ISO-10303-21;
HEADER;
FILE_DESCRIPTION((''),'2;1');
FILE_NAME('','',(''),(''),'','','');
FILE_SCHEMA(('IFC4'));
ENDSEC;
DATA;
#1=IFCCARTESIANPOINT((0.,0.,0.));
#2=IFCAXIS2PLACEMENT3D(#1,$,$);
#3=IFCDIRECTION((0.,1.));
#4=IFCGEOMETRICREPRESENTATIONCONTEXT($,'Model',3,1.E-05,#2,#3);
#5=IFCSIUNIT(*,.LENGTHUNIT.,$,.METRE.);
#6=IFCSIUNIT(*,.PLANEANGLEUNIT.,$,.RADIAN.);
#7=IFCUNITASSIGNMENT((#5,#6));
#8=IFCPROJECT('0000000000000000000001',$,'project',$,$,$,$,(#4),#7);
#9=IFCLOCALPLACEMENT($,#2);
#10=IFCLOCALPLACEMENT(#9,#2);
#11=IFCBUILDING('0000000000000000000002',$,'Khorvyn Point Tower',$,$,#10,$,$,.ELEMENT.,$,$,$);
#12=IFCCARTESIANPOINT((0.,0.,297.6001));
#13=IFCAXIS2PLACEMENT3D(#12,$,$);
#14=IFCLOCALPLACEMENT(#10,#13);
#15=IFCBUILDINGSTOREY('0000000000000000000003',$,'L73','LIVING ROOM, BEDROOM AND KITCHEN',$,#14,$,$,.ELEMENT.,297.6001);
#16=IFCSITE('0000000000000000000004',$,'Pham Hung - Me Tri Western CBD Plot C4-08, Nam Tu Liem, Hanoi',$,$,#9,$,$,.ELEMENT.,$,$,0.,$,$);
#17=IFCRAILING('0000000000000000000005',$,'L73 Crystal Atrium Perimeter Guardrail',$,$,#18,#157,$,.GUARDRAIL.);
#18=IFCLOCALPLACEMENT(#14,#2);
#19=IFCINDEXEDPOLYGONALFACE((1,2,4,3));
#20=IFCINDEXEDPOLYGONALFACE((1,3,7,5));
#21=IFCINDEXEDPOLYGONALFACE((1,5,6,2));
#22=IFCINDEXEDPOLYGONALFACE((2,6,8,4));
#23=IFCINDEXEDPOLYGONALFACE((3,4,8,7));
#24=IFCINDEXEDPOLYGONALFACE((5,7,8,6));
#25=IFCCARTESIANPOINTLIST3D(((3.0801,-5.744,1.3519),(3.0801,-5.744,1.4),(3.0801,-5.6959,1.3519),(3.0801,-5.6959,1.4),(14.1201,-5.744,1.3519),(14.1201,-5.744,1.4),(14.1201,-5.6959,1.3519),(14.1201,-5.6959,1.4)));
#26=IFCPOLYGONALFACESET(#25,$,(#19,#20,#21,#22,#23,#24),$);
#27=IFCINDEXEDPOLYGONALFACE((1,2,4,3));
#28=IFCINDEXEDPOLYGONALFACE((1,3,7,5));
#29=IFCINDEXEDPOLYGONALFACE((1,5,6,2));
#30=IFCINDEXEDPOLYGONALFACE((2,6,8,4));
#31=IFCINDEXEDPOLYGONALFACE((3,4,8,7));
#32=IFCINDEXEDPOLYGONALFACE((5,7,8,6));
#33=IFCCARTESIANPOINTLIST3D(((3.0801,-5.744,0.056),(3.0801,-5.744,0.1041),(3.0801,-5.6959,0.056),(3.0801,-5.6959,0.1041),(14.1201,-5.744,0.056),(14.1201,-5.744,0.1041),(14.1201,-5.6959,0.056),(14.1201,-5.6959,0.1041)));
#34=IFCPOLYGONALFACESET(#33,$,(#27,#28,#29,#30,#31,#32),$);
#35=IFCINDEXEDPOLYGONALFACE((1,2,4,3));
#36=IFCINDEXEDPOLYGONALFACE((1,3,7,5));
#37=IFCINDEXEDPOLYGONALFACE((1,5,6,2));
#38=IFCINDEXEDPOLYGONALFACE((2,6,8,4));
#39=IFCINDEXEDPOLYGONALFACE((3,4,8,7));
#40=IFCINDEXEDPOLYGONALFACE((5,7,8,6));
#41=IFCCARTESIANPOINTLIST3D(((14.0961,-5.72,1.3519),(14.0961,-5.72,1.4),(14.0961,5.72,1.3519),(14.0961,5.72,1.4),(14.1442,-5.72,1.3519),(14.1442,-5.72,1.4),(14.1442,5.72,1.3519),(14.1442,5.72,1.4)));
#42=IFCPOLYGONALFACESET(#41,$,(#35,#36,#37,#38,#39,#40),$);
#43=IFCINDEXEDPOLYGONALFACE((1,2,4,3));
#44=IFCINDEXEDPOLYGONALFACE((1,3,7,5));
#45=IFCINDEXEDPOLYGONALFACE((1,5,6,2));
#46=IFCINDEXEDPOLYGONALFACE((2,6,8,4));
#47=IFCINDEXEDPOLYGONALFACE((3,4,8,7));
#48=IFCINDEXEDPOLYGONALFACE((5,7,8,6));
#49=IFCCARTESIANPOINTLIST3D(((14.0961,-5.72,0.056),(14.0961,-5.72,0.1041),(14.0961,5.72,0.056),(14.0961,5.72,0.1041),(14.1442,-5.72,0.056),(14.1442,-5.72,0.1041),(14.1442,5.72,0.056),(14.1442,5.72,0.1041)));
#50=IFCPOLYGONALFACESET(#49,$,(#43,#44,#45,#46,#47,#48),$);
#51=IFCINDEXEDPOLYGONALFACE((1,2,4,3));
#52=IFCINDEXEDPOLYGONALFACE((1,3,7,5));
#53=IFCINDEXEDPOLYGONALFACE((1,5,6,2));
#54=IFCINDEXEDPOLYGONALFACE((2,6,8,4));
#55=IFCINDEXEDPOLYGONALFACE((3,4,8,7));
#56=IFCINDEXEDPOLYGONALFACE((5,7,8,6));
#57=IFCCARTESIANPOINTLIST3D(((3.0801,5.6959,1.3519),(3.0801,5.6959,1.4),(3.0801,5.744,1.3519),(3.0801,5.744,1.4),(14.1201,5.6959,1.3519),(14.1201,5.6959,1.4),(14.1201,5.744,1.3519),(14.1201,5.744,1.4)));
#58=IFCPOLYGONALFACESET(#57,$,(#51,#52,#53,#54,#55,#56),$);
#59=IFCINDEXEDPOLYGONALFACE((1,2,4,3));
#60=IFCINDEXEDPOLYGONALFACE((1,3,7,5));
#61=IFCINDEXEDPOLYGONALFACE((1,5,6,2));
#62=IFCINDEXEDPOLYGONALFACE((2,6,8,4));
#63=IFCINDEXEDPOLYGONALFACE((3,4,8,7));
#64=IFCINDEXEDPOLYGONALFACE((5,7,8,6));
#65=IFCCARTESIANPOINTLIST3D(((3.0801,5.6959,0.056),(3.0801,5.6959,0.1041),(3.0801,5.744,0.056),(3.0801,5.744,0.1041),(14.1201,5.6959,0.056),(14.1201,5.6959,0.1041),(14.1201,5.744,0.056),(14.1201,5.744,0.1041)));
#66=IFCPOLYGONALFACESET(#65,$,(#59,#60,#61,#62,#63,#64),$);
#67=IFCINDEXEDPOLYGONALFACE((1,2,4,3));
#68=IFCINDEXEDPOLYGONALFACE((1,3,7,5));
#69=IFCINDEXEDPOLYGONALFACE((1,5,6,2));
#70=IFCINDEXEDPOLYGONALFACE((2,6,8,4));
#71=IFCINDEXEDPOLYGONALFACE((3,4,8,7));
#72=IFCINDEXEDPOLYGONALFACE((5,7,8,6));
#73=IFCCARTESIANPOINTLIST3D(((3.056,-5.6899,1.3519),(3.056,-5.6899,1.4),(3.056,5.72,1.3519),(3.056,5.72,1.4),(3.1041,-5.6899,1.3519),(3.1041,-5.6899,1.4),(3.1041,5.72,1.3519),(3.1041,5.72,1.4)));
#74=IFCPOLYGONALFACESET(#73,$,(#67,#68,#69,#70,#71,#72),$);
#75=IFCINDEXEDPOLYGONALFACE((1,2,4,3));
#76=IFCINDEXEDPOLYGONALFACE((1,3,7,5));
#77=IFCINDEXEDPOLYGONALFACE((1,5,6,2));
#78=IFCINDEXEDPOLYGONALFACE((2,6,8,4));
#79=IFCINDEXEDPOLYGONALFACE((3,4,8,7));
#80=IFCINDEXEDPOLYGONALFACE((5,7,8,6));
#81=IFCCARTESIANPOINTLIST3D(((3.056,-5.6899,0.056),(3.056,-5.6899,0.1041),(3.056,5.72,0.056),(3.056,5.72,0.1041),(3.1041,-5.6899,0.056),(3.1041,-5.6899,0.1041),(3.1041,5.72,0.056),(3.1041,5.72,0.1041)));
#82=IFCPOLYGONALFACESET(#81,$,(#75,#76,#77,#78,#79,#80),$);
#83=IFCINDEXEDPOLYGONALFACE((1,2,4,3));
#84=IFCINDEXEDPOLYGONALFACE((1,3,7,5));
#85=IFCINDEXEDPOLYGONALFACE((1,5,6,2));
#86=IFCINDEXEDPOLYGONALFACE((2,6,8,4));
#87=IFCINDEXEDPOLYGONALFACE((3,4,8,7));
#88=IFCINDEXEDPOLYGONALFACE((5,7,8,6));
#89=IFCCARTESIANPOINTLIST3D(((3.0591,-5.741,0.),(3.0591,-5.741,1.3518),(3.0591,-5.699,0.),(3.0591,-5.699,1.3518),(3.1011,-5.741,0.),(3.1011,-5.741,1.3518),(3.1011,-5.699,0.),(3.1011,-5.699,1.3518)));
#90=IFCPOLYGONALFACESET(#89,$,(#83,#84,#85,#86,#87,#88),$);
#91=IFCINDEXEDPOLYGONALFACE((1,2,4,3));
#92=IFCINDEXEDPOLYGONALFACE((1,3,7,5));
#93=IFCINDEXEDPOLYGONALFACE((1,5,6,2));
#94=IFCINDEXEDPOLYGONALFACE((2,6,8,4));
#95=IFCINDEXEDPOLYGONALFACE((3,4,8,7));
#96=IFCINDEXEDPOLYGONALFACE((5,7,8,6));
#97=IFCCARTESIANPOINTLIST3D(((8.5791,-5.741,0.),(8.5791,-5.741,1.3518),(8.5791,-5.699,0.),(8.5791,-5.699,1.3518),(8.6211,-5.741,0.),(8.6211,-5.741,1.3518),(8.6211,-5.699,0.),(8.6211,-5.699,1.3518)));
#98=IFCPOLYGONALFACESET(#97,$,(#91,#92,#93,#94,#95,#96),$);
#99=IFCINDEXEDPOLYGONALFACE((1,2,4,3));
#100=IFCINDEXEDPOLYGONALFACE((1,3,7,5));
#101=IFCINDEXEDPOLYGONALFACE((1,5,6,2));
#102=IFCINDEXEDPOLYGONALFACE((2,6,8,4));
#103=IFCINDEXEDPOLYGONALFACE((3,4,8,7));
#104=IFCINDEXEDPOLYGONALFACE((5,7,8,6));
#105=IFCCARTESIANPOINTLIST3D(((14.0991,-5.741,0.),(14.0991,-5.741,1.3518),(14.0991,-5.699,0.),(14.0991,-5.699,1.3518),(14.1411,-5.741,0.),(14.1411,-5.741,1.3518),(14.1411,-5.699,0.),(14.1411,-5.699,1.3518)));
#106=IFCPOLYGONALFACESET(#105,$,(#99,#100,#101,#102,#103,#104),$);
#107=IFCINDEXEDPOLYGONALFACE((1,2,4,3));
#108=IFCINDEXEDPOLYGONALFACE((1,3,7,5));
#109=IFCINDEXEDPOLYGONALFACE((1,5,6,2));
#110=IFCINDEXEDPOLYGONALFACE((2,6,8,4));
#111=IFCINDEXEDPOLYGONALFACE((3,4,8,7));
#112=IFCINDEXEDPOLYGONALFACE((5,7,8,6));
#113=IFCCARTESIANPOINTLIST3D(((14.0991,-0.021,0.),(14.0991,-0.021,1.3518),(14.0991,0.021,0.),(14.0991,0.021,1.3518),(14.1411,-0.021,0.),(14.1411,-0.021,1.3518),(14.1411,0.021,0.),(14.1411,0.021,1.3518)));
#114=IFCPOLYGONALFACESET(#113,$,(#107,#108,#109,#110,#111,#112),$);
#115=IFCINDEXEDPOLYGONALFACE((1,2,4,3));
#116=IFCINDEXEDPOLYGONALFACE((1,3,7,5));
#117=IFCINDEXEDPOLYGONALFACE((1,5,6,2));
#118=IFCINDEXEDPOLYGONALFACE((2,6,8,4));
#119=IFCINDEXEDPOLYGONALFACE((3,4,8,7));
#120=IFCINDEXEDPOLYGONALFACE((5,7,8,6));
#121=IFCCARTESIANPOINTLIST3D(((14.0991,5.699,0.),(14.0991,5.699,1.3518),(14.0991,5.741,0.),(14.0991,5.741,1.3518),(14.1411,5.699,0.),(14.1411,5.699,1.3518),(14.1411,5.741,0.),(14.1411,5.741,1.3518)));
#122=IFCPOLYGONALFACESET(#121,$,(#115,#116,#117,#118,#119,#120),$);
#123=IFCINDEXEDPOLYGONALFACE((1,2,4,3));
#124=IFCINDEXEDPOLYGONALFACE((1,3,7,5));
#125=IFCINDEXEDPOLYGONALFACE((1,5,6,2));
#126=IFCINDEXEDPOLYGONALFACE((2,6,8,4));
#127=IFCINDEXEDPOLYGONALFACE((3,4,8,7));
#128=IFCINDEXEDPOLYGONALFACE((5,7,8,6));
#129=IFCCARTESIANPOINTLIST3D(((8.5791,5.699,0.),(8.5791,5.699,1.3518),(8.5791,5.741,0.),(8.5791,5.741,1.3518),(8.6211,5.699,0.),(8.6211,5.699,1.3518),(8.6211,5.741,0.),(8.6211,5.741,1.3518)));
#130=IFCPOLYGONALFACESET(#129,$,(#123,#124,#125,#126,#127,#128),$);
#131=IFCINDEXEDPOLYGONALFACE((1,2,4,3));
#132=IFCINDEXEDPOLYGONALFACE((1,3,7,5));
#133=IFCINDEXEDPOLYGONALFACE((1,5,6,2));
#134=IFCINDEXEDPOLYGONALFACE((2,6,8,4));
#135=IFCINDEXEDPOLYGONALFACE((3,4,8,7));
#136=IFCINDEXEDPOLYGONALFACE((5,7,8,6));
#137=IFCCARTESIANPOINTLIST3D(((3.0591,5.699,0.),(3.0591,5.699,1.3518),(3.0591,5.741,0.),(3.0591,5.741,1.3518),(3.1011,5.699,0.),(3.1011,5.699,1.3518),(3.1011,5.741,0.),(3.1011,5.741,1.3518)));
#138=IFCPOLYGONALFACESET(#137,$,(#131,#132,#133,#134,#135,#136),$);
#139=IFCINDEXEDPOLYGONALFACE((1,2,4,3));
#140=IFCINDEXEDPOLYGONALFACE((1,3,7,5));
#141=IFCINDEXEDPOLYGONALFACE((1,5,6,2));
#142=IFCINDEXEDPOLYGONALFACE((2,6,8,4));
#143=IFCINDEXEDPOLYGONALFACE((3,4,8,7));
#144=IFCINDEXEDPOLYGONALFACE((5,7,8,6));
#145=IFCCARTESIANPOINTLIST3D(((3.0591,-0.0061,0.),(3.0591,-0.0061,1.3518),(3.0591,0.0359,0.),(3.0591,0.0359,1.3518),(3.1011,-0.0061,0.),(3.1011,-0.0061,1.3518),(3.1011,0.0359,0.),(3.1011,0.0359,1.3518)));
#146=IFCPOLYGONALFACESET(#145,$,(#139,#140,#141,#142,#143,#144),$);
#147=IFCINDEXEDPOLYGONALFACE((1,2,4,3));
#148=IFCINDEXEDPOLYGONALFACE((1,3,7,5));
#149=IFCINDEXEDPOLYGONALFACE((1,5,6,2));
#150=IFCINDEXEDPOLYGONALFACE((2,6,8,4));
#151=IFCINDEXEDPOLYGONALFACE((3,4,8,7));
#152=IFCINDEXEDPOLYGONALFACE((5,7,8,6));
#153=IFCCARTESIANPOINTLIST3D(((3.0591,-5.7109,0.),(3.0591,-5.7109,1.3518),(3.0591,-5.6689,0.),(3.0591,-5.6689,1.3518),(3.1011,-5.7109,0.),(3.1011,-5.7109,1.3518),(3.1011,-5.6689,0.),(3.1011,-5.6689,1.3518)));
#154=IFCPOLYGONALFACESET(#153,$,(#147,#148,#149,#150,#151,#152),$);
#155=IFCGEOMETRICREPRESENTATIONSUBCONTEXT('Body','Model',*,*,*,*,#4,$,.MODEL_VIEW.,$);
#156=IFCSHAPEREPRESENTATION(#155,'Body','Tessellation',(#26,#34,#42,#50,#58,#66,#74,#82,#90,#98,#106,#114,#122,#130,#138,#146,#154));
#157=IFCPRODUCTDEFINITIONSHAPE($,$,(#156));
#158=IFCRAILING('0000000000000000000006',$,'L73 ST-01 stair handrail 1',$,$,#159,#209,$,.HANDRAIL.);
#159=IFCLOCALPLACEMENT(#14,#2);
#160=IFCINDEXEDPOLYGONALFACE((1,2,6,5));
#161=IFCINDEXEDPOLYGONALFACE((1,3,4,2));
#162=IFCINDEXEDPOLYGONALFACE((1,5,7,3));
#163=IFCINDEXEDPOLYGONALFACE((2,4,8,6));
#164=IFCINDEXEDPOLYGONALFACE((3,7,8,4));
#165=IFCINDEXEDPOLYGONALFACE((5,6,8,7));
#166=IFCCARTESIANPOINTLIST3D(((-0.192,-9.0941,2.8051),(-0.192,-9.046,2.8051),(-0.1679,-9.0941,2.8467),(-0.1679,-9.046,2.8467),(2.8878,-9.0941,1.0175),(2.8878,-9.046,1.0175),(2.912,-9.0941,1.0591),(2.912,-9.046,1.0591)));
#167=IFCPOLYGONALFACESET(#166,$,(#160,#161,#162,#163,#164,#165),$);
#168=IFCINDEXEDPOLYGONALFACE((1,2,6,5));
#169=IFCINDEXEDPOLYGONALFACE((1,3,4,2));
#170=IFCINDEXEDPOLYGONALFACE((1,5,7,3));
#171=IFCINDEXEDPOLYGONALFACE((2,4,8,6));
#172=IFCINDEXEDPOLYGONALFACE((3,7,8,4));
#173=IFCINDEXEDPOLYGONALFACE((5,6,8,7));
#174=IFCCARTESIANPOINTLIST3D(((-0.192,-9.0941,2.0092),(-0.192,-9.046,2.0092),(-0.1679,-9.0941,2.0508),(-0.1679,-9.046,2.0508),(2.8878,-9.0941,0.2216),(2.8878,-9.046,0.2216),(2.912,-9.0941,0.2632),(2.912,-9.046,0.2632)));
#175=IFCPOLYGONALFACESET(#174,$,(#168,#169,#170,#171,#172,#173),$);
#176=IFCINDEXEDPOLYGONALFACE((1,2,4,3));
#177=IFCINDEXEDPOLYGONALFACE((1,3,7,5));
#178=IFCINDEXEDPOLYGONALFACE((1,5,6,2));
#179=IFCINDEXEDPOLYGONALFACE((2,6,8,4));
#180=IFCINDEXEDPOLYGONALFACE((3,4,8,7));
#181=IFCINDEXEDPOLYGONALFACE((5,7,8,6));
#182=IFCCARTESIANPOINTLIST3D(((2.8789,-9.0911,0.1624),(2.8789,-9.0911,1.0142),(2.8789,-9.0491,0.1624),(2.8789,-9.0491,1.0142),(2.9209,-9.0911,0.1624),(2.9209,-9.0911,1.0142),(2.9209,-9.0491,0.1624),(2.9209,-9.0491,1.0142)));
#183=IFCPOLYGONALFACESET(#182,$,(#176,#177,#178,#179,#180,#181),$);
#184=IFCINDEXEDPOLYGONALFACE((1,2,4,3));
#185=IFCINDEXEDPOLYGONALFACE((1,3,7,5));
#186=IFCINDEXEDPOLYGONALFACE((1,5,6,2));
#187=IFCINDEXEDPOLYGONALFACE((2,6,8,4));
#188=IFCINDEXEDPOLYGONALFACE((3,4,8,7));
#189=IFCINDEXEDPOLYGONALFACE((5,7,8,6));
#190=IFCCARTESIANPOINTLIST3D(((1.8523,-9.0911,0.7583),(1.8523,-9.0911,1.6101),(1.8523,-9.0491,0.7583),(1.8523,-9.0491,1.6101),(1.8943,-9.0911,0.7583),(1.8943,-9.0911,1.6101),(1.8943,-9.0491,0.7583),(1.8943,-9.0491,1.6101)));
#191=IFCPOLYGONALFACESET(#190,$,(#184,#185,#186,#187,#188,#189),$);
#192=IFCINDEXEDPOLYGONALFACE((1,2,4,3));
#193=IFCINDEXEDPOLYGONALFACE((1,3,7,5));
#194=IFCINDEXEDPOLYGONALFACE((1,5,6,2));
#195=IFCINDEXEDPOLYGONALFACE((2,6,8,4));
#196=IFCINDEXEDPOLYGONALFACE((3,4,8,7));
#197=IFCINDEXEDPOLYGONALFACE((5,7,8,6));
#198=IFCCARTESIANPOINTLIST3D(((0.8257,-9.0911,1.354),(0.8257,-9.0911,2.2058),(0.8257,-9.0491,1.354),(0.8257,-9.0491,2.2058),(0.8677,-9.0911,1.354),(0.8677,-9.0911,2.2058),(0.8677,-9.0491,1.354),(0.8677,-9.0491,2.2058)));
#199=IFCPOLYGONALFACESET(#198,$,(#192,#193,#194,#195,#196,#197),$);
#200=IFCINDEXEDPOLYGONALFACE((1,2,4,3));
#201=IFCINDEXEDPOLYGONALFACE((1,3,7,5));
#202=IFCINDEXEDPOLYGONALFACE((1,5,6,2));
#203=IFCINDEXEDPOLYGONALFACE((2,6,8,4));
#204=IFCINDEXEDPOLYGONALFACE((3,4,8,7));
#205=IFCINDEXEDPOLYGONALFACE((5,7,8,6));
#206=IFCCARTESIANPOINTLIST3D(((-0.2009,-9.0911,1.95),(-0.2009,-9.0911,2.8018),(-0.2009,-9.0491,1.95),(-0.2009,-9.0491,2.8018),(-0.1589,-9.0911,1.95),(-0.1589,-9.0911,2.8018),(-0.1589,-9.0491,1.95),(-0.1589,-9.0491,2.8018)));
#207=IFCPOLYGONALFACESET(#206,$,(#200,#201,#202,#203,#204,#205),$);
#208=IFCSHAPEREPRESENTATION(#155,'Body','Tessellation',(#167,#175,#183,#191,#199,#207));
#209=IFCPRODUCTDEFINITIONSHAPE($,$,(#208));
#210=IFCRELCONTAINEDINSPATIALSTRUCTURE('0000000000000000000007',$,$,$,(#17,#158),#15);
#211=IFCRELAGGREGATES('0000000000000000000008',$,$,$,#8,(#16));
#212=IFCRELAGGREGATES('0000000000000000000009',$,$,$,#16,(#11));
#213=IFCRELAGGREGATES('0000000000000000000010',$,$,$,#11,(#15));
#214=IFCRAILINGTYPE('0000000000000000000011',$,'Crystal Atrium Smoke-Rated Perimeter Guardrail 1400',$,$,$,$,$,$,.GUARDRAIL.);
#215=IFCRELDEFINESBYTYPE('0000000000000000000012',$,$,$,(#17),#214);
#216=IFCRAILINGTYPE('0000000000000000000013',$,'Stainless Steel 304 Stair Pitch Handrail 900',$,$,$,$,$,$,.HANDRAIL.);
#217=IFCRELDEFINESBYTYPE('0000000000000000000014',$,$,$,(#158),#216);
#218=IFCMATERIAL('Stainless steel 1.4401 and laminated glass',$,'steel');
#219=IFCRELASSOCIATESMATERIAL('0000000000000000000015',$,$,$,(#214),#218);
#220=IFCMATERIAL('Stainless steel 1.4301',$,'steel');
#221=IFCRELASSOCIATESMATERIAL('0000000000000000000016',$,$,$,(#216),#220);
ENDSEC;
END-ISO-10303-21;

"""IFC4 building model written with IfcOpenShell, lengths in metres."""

from ifc_helpers import new_model, si_unit, direction, frame, origin, origin_2d, place, context, subcontext, project, spatial, rectangle, extrude, material, type_object, element, save


model = new_model("IFC4")

# Units and contexts
model_context = context("Model", 3, precision=1e-05, world=origin(), true_north=direction((0.0, 1.0)))
body_context = subcontext(model_context, "Body", "Model", "MODEL_VIEW")
ifc_project = project(units=[si_unit("LENGTHUNIT", "METRE"), si_unit("PLANEANGLEUNIT", "RADIAN")], contexts=[model_context])

# Site, building, storey
site_placement = place(None, origin())
site = spatial("IfcSite", under=ifc_project, at=site_placement, Name="Pham Hung - Me Tri Western CBD Plot C4-08, Nam Tu Liem, Hanoi", CompositionType="ELEMENT", RefElevation=0.0)
building_placement = place(site_placement, origin())
building = spatial("IfcBuilding", under=site, at=building_placement, Name="Khorvyn Point Tower", CompositionType="ELEMENT")
storey_placement = place(building_placement, frame((0.0, 0.0, 297.6001)))
storey = spatial("IfcBuildingStorey", under=building, at=storey_placement, Name="L73", Description="LIVING ROOM, BEDROOM AND KITCHEN", CompositionType="ELEMENT", Elevation=297.6001)

# Shared definitions
ifc_material_1 = material(Name="Stainless steel 1.4301", Category="steel")

# Railings
ifc_material_2 = material(Name="Stainless steel 1.4401 and laminated glass", Category="steel")
railing_type_1 = type_object("IfcRailingType", Name="Crystal Atrium Smoke-Rated Perimeter Guardrail 1400", PredefinedType="GUARDRAIL", material=ifc_material_2)
railing_1_placement = place(storey_placement, frame((3.0801, -5.72, 0.0)))
element("IfcRailing", 1, at=railing_1_placement, inside=storey, type_object=railing_type_1, Name="L73 Crystal Atrium Perimeter Guardrail", PredefinedType="GUARDRAIL", context=body_context, shape_type="SweptSolid", body=[
    extrude(rectangle(XDim=0.0481, YDim=0.0481, at=origin_2d()), frame((0.0, 0.0, 1.376), z_axis=(1.0, 0.0, 0.0), x_axis=(0.0, 1.0, 0.0)), (0.0, 0.0, 1.0), 11.04),
    extrude(rectangle(XDim=0.0481, YDim=0.0481, at=origin_2d()), frame((0.0, 0.0, 0.0801), z_axis=(1.0, 0.0, 0.0), x_axis=(0.0, 1.0, 0.0)), (0.0, 0.0, 1.0), 11.04),
    extrude(rectangle(XDim=0.0481, YDim=0.0481, at=origin_2d()), frame((11.04, 0.0, 1.376), z_axis=(0.0, 1.0, 0.0), x_axis=(-1.0, 0.0, 0.0)), (0.0, 0.0, 1.0), 11.4399),
    extrude(rectangle(XDim=0.0481, YDim=0.0481, at=origin_2d()), frame((11.04, 0.0, 0.0801), z_axis=(0.0, 1.0, 0.0), x_axis=(-1.0, 0.0, 0.0)), (0.0, 0.0, 1.0), 11.4399),
    extrude(rectangle(XDim=0.0481, YDim=0.0481, at=origin_2d()), frame((11.04, 11.4399, 1.376), z_axis=(-1.0, 0.0, 0.0), x_axis=(0.0, -1.0, 0.0)), (0.0, 0.0, 1.0), 11.04),
    extrude(rectangle(XDim=0.0481, YDim=0.0481, at=origin_2d()), frame((11.04, 11.4399, 0.0801), z_axis=(-1.0, 0.0, 0.0), x_axis=(0.0, -1.0, 0.0)), (0.0, 0.0, 1.0), 11.04),
    extrude(rectangle(XDim=0.0481, YDim=0.0481, at=origin_2d()), frame((0.0, 11.4399, 1.376), z_axis=(0.0, -1.0, 0.0), x_axis=(1.0, 0.0, 0.0)), (0.0, 0.0, 1.0), 11.4099),
    extrude(rectangle(XDim=0.0481, YDim=0.0481, at=origin_2d()), frame((0.0, 11.4399, 0.0801), z_axis=(0.0, -1.0, 0.0), x_axis=(1.0, 0.0, 0.0)), (0.0, 0.0, 1.0), 11.4099),
    extrude(rectangle(XDim=0.042, YDim=0.042, at=origin_2d()), origin(), (0.0, 0.0, 1.0), 1.3518),
    extrude(rectangle(XDim=0.042, YDim=0.042, at=origin_2d()), frame((5.52, 0.0, 0.0)), (0.0, 0.0, 1.0), 1.3518),
    extrude(rectangle(XDim=0.042, YDim=0.042, at=origin_2d()), frame((11.04, 0.0, 0.0)), (0.0, 0.0, 1.0), 1.3518),
    extrude(rectangle(XDim=0.042, YDim=0.042, at=origin_2d()), frame((11.04, 5.72, 0.0)), (0.0, 0.0, 1.0), 1.3518),
    extrude(rectangle(XDim=0.042, YDim=0.042, at=origin_2d()), frame((11.04, 11.4399, 0.0)), (0.0, 0.0, 1.0), 1.3518),
    extrude(rectangle(XDim=0.042, YDim=0.042, at=origin_2d()), frame((5.52, 11.4399, 0.0)), (0.0, 0.0, 1.0), 1.3518),
    extrude(rectangle(XDim=0.042, YDim=0.042, at=origin_2d()), frame((0.0, 11.4399, 0.0)), (0.0, 0.0, 1.0), 1.3518),
    extrude(rectangle(XDim=0.042, YDim=0.042, at=origin_2d()), frame((0.0, 5.7349, 0.0)), (0.0, 0.0, 1.0), 1.3518),
    extrude(rectangle(XDim=0.042, YDim=0.042, at=origin_2d()), frame((0.0, 0.03, 0.0)), (0.0, 0.0, 1.0), 1.3518),
])
railing_type_2 = type_object("IfcRailingType", Name="Stainless Steel 304 Stair Pitch Handrail 900", PredefinedType="HANDRAIL", material=ifc_material_1)
railing_2_placement = place(storey_placement, frame((2.8999, -9.0701, 0.1624)))
element("IfcRailing", 2, at=railing_2_placement, inside=storey, type_object=railing_type_2, Name="L73 ST-01 stair handrail 1", PredefinedType="HANDRAIL", context=body_context, shape_type="SweptSolid", body=[
    extrude(rectangle(XDim=0.0481, YDim=0.0481, at=origin_2d()), frame((0.0, 0.0, 0.876), z_axis=(-0.864873, 0.0, 0.50199), x_axis=(0.0, -1.0, 0.0)), (0.0, 0.0, 1.0), 3.561),
    extrude(rectangle(XDim=0.0481, YDim=0.0481, at=origin_2d()), frame((0.0, 0.0, 0.0801), z_axis=(-0.864873, 0.0, 0.50199), x_axis=(0.0, -1.0, 0.0)), (0.0, 0.0, 1.0), 3.561),
    extrude(rectangle(XDim=0.042, YDim=0.042, at=origin_2d()), origin(), (0.0, 0.0, 1.0), 0.8518),
    extrude(rectangle(XDim=0.042, YDim=0.042, at=origin_2d()), frame((-1.0266, 0.0, 0.5959)), (0.0, 0.0, 1.0), 0.8518),
    extrude(rectangle(XDim=0.042, YDim=0.042, at=origin_2d()), frame((-2.0532, 0.0, 1.1917)), (0.0, 0.0, 1.0), 0.8518),
    extrude(rectangle(XDim=0.042, YDim=0.042, at=origin_2d()), frame((-3.0798, 0.0, 1.7876)), (0.0, 0.0, 1.0), 0.8518),
])

save(model, "model.ifc")
